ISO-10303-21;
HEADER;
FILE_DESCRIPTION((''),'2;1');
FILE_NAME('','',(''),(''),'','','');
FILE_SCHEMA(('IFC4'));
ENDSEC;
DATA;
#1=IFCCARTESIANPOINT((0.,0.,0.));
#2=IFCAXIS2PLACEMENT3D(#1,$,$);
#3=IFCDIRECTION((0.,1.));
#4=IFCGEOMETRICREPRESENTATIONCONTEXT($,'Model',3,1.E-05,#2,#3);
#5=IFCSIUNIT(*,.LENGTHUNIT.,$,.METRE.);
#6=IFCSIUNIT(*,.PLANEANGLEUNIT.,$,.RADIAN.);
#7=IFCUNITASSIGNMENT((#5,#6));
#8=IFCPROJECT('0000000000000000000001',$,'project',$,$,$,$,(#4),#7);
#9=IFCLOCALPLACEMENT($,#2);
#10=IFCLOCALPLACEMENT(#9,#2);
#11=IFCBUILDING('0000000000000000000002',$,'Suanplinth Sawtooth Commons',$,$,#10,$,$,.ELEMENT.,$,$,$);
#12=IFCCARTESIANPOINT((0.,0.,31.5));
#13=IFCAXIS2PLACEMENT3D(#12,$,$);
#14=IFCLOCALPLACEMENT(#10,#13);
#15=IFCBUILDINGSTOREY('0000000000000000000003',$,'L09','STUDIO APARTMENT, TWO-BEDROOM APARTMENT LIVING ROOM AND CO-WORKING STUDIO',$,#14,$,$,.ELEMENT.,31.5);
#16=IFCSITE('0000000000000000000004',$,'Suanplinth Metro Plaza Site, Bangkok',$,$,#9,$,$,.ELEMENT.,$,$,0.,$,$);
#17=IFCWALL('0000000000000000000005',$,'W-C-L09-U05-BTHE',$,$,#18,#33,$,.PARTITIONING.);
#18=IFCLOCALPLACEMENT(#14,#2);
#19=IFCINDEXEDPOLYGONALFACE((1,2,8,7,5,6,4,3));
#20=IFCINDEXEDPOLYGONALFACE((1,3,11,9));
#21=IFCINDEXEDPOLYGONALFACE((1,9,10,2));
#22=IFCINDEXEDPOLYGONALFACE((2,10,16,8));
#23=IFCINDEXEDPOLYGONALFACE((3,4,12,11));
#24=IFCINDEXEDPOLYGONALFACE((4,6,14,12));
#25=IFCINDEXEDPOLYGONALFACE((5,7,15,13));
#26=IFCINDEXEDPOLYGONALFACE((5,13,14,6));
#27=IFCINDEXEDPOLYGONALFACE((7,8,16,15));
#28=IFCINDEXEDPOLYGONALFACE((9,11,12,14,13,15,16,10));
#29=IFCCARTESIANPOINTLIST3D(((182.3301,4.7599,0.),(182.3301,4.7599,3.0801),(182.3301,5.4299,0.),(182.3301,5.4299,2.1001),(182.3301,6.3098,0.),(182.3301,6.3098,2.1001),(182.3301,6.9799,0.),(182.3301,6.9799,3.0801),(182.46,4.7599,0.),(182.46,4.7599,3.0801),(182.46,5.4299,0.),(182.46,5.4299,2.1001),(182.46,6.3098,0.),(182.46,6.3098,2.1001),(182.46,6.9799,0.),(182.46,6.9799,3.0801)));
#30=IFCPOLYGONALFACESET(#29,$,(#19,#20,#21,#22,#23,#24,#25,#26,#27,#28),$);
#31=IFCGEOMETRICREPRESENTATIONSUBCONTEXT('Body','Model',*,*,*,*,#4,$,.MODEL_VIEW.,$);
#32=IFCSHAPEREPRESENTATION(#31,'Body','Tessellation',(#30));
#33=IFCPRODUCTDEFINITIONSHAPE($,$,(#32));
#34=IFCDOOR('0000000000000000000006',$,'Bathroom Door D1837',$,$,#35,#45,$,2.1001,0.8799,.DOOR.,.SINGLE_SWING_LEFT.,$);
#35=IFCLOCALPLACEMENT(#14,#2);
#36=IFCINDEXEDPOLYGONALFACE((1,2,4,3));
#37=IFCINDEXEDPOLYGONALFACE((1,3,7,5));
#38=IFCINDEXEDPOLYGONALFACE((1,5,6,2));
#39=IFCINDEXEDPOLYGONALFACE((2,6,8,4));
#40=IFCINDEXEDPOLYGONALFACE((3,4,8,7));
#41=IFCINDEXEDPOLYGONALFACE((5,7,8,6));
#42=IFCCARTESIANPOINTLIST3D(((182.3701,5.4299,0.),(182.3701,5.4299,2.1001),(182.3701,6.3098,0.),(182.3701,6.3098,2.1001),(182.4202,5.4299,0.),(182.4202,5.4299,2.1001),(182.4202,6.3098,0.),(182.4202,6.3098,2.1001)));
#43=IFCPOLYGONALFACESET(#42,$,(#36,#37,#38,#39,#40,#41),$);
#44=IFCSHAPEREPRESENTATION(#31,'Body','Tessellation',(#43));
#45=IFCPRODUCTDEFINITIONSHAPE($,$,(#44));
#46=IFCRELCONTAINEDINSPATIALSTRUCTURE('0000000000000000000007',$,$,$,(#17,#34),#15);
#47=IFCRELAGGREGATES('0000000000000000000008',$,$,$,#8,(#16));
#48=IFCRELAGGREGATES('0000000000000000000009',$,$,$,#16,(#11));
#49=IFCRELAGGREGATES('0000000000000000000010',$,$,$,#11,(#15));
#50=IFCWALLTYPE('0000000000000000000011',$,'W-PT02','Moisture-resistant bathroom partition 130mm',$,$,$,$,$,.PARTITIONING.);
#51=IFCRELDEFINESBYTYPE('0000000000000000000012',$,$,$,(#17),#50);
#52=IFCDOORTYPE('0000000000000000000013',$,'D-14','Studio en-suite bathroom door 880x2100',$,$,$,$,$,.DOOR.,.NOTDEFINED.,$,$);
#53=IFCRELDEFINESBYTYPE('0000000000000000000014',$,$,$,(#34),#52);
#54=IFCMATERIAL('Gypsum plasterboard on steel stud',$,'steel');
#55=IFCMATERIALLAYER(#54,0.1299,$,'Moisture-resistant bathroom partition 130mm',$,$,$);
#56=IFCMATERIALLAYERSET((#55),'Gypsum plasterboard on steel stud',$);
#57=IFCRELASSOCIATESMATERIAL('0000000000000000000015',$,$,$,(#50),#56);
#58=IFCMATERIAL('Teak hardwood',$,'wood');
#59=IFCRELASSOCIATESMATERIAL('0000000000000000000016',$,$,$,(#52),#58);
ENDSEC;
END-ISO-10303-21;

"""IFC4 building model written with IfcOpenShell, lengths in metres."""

from ifc_helpers import new_model, si_unit, direction, frame, frame_2d, origin, place, context, subcontext, project, spatial, rectangle, extrude, material, layer, layer_set, type_object, element, fill, save


model = new_model("IFC4")

# Units and contexts
model_context = context("Model", 3, precision=1e-05, world=origin(), true_north=direction((0.0, 1.0)))
body_context = subcontext(model_context, "Body", "Model", "MODEL_VIEW")
ifc_project = project(units=[si_unit("LENGTHUNIT", "METRE"), si_unit("PLANEANGLEUNIT", "RADIAN")], contexts=[model_context])

# Site, building, storey
site_placement = place(None, origin())
site = spatial("IfcSite", under=ifc_project, at=site_placement, Name="Suanplinth Metro Plaza Site, Bangkok", CompositionType="ELEMENT", RefElevation=0.0)
building_placement = place(site_placement, origin())
building = spatial("IfcBuilding", under=site, at=building_placement, Name="Suanplinth Sawtooth Commons", CompositionType="ELEMENT")
storey_placement = place(building_placement, frame((0.0, 0.0, 31.5)))
storey = spatial("IfcBuildingStorey", under=building, at=storey_placement, Name="L09", Description="STUDIO APARTMENT, TWO-BEDROOM APARTMENT LIVING ROOM AND CO-WORKING STUDIO", CompositionType="ELEMENT", Elevation=31.5)

# Shared definitions
ifc_material_1 = material(Name="Gypsum plasterboard on steel stud", Category="steel")
ifc_material_2 = material(Name="Teak hardwood", Category="wood")

# Shared definitions
ifc_layer_1 = layer(ifc_material_1, 0.1299, Name="Moisture-resistant bathroom partition 130mm")
ifc_layer_set_1 = layer_set([ifc_layer_1], Name="Gypsum plasterboard on steel stud")
wall_type_1 = type_object("IfcWallType", Name="W-PT02", Description="Moisture-resistant bathroom partition 130mm", PredefinedType="PARTITIONING", material=ifc_layer_set_1)

# Wall, opening, door
wall_1_placement = place(storey_placement, frame((182.395, 4.76, 0.0), z_axis=(0.0, 0.0, 1.0), x_axis=(0.0, 1.0, 0.0)))
wall_1 = element("IfcWall", 1, at=wall_1_placement, inside=storey, type_object=wall_type_1, Name="W-C-L09-U05-BTHE", PredefinedType="PARTITIONING", context=body_context, shape_type="SweptSolid", body=[
    extrude(rectangle(XDim=2.22, YDim=0.1299, at=frame_2d((1.1099, 0.0))), origin(), (0.0, 0.0, 1.0), 3.0801),
])
opening_1_placement = place(wall_1_placement, frame((0.6699, 0.0, 0.0)))
opening_1 = element("IfcOpeningElement", 2, at=opening_1_placement, cuts=wall_1, PredefinedType="OPENING", context=body_context, shape_type="SweptSolid", body=[
    extrude(rectangle(XDim=0.8799, YDim=2.1001, at=frame_2d((0.4399, 1.05))), frame((0.0, 0.0798, 0.0), z_axis=(0.0, -1.0, 0.0), x_axis=(1.0, 0.0, 0.0)), (0.0, 0.0, 1.0), 0.1597),
])
door_type_1 = type_object("IfcDoorType", Name="D-14", Description="Studio en-suite bathroom door 880x2100", OperationType="NOTDEFINED", PredefinedType="DOOR", material=ifc_material_2)
door_1_placement = place(opening_1_placement, origin())
door_1 = element("IfcDoor", 3, at=door_1_placement, inside=storey, type_object=door_type_1, Name="Bathroom Door D1837", OperationType="SINGLE_SWING_LEFT", OverallHeight=2.1001, OverallWidth=0.8799, PredefinedType="DOOR", context=body_context, shape_type="SweptSolid", body=[
    extrude(rectangle(XDim=0.8799, YDim=2.1001, at=frame_2d((0.4399, 1.05))), frame((0.0, 0.0249, 0.0), z_axis=(0.0, -1.0, 0.0), x_axis=(1.0, 0.0, 0.0)), (0.0, 0.0, 1.0), 0.05),
])
fill(opening_1, door_1)

save(model, "model.ifc")
